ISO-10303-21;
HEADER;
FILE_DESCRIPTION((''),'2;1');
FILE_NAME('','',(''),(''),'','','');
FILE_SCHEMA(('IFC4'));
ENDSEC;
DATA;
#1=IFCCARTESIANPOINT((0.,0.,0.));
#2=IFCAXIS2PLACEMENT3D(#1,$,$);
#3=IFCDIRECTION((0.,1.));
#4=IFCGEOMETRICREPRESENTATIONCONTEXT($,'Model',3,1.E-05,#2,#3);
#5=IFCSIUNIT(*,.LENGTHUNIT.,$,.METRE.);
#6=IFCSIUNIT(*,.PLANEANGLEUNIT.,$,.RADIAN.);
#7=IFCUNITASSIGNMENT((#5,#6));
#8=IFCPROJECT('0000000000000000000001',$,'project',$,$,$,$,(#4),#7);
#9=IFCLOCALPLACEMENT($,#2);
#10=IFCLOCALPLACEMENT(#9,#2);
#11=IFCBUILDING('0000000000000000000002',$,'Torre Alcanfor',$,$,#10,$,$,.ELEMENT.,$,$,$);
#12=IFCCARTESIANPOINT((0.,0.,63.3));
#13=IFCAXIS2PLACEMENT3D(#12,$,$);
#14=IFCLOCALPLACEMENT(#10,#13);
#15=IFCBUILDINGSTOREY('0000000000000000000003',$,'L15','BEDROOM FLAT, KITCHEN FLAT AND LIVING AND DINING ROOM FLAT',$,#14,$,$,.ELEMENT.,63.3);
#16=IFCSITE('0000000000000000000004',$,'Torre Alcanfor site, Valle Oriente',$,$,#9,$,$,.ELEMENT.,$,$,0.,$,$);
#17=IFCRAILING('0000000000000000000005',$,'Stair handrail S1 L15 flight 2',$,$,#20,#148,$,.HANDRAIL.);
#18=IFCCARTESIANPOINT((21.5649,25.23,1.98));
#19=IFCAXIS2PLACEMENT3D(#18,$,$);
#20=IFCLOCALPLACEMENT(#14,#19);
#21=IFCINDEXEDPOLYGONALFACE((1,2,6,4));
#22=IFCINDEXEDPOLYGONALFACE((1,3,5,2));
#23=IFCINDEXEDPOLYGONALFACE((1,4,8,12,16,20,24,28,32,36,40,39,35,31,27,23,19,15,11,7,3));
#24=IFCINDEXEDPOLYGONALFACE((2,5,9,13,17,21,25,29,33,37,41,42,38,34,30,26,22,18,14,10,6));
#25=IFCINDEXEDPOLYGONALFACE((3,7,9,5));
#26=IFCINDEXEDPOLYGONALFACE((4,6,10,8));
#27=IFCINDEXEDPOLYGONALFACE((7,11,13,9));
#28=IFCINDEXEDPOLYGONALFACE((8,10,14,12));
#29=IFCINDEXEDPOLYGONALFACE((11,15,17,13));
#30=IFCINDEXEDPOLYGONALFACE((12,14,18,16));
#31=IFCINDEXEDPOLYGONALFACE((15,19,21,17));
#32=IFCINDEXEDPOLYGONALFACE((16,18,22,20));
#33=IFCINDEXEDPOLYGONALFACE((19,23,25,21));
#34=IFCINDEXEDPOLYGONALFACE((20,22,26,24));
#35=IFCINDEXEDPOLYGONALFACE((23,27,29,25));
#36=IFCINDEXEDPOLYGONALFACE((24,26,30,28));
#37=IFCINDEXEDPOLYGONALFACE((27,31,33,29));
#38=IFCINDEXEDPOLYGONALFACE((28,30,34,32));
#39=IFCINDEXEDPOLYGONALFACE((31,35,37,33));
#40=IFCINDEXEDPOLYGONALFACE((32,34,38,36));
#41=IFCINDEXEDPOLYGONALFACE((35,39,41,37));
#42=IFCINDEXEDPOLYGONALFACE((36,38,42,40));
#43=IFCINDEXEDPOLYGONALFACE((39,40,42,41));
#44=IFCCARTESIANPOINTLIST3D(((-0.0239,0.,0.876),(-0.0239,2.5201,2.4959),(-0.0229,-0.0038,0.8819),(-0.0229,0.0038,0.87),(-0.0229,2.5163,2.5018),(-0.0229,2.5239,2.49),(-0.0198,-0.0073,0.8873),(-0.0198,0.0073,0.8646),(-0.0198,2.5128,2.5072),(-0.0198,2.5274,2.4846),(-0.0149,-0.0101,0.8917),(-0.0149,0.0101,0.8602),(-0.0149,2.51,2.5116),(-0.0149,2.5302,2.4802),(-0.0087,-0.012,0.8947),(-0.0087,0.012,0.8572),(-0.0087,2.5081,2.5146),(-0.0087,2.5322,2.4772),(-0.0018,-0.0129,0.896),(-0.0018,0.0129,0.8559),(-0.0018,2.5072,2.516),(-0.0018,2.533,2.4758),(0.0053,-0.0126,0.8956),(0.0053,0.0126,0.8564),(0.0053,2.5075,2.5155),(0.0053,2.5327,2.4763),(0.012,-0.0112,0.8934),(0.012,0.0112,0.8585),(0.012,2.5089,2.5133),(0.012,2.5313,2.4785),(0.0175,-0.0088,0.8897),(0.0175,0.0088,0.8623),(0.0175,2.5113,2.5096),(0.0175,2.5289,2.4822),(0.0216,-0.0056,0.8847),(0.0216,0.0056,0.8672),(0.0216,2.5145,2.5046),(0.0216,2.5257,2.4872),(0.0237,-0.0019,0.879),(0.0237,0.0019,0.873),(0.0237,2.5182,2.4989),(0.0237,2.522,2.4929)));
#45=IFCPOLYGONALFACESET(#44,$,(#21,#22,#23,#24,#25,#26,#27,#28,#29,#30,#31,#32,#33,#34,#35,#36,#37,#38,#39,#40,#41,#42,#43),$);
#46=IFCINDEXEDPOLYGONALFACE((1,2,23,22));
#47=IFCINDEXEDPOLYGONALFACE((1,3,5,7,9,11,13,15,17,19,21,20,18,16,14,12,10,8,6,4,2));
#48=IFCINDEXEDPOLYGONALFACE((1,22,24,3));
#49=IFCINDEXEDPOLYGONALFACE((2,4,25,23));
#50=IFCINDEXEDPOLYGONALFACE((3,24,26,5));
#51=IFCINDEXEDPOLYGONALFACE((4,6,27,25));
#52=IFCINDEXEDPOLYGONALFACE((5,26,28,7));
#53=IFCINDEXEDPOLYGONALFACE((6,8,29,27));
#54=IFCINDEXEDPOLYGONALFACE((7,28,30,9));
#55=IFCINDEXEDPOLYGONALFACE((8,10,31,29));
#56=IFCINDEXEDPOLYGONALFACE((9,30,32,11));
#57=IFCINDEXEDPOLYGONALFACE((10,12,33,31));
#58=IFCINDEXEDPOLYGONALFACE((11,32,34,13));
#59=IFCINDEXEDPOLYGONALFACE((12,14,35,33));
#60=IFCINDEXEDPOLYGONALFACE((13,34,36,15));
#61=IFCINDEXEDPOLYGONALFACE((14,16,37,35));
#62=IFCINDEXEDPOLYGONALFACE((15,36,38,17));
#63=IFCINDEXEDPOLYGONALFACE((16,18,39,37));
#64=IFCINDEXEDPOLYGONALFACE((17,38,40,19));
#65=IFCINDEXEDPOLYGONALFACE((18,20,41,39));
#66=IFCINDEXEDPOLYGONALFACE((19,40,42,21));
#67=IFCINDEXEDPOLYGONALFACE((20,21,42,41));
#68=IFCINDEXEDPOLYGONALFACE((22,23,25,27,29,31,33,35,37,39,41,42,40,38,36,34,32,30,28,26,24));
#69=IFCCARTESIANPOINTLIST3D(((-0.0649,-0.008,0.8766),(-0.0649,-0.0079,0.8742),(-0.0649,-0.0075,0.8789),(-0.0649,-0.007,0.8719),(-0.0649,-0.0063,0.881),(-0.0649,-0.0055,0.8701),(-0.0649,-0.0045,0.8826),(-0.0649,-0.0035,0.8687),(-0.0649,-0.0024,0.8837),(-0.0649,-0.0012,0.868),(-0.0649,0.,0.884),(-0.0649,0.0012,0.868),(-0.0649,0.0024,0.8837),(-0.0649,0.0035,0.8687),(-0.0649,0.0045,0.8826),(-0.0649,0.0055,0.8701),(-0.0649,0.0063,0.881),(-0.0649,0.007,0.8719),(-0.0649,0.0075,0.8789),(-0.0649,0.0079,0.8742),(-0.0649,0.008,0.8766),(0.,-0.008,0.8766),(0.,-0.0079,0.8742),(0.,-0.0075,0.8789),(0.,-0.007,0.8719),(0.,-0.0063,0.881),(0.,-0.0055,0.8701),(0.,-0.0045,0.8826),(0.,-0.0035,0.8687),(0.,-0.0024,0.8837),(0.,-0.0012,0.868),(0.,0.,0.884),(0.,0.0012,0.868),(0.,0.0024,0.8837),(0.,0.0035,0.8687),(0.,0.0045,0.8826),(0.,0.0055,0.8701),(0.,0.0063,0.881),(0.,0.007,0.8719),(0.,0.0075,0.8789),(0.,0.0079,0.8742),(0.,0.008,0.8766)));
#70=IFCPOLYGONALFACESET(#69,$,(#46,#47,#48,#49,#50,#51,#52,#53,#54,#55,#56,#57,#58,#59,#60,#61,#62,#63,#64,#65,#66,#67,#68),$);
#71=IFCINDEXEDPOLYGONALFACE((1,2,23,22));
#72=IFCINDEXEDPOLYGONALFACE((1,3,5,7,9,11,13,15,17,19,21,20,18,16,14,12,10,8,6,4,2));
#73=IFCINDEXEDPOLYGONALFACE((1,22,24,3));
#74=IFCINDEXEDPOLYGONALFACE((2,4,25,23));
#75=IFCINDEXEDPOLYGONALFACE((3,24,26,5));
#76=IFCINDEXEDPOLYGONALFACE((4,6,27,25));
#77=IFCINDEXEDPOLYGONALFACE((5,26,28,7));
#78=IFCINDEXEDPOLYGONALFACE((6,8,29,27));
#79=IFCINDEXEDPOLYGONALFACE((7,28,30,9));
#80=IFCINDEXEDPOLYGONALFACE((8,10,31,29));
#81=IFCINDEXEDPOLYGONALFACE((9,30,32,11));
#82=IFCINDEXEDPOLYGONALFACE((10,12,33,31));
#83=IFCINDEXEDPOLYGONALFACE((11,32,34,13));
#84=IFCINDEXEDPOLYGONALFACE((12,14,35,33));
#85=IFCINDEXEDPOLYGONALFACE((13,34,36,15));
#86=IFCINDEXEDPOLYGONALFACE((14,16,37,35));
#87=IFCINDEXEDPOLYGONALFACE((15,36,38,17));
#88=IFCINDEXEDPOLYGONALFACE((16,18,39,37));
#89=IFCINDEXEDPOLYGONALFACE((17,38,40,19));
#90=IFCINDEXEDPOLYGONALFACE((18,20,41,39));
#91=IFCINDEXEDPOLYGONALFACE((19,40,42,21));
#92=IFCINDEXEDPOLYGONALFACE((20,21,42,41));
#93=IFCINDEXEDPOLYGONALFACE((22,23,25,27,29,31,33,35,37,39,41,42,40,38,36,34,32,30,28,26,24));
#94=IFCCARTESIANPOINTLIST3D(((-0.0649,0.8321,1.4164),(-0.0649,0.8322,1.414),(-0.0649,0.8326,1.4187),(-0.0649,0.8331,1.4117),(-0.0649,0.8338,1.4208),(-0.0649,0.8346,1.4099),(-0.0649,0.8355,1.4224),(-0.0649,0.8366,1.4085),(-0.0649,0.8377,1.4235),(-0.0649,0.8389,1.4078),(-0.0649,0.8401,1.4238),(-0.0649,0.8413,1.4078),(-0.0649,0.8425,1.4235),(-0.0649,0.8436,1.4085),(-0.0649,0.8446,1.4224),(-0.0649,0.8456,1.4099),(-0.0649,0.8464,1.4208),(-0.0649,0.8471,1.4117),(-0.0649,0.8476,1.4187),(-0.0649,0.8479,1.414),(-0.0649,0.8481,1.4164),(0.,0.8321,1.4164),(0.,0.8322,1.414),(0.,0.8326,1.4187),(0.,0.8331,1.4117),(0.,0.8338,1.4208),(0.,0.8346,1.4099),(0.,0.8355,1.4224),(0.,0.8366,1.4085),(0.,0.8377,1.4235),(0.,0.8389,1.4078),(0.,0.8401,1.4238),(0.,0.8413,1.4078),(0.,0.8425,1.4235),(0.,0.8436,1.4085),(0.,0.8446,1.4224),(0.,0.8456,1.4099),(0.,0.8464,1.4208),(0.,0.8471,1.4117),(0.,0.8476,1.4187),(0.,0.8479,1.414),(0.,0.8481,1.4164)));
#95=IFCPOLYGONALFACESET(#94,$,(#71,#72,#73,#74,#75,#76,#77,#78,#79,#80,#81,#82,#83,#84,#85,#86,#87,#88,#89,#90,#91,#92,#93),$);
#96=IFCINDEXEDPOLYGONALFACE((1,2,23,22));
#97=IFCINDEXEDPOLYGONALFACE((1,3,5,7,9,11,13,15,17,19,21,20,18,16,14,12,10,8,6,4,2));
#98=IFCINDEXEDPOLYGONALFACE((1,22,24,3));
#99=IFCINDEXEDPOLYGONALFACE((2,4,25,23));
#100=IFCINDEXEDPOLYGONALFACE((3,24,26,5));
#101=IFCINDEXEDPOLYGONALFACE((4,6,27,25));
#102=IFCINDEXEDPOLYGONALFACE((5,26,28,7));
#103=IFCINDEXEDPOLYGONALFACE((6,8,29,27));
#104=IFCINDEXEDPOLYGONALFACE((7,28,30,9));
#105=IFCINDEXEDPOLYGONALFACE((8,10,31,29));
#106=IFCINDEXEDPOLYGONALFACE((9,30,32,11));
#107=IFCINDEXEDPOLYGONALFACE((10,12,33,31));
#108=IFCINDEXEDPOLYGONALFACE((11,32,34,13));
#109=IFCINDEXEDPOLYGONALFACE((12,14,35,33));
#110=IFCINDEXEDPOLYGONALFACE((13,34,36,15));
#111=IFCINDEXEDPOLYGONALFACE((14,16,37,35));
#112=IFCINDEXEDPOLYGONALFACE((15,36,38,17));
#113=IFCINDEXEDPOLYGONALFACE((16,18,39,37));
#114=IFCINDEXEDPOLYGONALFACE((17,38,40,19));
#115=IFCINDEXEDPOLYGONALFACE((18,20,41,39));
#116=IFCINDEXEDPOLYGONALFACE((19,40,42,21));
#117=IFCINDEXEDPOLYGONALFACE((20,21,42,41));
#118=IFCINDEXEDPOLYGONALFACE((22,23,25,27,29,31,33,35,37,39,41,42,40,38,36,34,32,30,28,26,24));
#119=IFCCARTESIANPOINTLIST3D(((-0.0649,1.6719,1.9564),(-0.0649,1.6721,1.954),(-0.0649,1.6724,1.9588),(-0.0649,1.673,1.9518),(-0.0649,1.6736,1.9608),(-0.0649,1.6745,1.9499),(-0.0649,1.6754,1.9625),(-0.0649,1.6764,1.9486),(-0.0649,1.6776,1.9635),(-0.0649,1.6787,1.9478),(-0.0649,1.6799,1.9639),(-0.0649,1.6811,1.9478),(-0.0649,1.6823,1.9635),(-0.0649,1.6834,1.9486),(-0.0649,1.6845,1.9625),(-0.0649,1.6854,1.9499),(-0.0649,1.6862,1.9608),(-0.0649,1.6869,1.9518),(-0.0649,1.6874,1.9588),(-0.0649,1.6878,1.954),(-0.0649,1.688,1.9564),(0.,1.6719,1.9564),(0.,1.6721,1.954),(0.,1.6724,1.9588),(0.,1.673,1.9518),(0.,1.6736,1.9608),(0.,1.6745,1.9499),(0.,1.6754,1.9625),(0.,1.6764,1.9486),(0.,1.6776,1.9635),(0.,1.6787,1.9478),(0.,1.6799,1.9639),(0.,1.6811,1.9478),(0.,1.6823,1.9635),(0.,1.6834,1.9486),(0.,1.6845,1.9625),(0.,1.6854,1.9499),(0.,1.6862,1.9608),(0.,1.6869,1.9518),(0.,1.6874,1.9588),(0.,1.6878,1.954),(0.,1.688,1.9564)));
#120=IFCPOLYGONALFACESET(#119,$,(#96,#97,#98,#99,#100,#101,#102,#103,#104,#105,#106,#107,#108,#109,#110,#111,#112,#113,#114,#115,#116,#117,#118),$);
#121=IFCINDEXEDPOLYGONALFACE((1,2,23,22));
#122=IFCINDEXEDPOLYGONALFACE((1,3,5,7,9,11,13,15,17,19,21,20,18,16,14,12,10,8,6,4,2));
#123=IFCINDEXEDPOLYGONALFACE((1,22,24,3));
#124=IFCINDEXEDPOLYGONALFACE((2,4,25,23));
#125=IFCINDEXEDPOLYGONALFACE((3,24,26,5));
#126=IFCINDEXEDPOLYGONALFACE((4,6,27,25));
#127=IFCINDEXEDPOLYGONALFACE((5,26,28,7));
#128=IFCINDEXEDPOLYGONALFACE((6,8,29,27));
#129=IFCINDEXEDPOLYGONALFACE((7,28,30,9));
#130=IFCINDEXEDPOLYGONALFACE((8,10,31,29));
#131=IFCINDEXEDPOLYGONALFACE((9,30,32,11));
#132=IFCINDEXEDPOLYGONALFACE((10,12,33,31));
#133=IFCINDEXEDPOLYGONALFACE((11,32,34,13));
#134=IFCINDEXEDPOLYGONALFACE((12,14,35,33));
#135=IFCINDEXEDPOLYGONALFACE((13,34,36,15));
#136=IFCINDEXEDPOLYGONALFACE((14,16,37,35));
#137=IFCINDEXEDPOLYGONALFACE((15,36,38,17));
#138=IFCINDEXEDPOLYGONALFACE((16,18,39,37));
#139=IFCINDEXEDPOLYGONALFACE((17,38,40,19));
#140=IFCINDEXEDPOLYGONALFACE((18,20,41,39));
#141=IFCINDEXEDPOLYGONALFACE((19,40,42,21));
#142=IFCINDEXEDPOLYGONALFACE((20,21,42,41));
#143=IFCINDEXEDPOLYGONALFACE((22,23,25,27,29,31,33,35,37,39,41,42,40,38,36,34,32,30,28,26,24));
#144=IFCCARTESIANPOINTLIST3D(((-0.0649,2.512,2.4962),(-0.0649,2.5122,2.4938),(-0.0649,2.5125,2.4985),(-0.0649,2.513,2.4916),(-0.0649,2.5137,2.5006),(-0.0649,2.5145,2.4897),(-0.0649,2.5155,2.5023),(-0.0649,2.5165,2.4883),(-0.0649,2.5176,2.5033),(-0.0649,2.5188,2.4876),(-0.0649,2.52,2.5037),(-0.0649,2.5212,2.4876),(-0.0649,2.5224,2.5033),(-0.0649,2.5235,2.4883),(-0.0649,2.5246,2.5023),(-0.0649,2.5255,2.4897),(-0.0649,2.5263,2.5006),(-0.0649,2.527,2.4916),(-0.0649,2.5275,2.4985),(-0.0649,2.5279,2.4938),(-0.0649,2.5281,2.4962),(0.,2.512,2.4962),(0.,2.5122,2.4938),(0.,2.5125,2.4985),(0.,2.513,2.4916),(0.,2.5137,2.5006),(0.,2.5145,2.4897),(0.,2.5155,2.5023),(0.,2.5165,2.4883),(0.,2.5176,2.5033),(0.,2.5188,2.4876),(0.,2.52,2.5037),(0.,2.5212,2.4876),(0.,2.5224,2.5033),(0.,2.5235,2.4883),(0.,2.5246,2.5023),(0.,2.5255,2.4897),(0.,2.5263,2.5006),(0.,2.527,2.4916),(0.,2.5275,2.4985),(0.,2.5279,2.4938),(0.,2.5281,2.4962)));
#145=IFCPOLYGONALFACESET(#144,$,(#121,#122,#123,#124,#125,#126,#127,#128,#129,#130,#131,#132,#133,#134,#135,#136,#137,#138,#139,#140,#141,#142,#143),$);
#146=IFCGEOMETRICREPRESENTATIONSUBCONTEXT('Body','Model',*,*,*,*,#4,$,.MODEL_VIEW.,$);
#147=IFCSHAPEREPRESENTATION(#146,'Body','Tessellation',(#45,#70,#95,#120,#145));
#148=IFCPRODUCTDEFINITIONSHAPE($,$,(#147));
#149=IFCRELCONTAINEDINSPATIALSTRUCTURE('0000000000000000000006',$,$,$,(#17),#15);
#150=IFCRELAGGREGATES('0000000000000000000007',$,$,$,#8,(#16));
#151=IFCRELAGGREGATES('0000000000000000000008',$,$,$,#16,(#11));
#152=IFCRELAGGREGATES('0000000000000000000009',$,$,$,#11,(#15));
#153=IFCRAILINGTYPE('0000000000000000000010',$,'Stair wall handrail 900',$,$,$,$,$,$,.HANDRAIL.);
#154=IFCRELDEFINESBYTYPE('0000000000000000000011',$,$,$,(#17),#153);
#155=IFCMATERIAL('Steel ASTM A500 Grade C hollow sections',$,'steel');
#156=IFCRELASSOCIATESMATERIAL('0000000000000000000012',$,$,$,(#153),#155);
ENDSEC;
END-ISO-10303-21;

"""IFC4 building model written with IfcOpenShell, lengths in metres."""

from ifc_helpers import new_model, si_unit, direction, frame, origin, origin_2d, place, context, subcontext, project, spatial, circle, extrude, material, type_object, element, save


model = new_model("IFC4")

# Units and contexts
model_context = context("Model", 3, precision=1e-05, world=origin(), true_north=direction((0.0, 1.0)))
body_context = subcontext(model_context, "Body", "Model", "MODEL_VIEW")
ifc_project = project(units=[si_unit("LENGTHUNIT", "METRE"), si_unit("PLANEANGLEUNIT", "RADIAN")], contexts=[model_context])

# Site, building, storey
site_placement = place(None, origin())
site = spatial("IfcSite", under=ifc_project, at=site_placement, Name="Torre Alcanfor site, Valle Oriente", CompositionType="ELEMENT", RefElevation=0.0)
building_placement = place(site_placement, origin())
building = spatial("IfcBuilding", under=site, at=building_placement, Name="Torre Alcanfor", CompositionType="ELEMENT")
storey_placement = place(building_placement, frame((0.0, 0.0, 63.3)))
storey = spatial("IfcBuildingStorey", under=building, at=storey_placement, Name="L15", Description="BEDROOM FLAT, KITCHEN FLAT AND LIVING AND DINING ROOM FLAT", CompositionType="ELEMENT", Elevation=63.3)

# Railing
ifc_material_1 = material(Name="Steel ASTM A500 Grade C hollow sections", Category="steel")
railing_type_1 = type_object("IfcRailingType", Name="Stair wall handrail 900", PredefinedType="HANDRAIL", material=ifc_material_1)
railing_1_placement = place(storey_placement, frame((21.5649, 25.23, 1.98)))
element("IfcRailing", 1, at=railing_1_placement, inside=storey, type_object=railing_type_1, Name="Stair handrail S1 L15 flight 2", PredefinedType="HANDRAIL", context=body_context, shape_type="SweptSolid", body=[
    extrude(circle(Radius=0.0239, at=origin_2d()), frame((0.0, 0.0, 0.876), z_axis=(0.0, 0.8412, 0.540725), x_axis=(-1.0, 0.0, 0.0)), (0.0, 0.0, 1.0), 2.9958),
    extrude(circle(Radius=0.0081, at=origin_2d()), frame((0.0, 0.0, 0.876), z_axis=(-1.0, 0.0, 0.0), x_axis=(0.0, 0.0, 1.0)), (0.0, 0.0, 1.0), 0.0649),
    extrude(circle(Radius=0.0081, at=origin_2d()), frame((0.0, 0.8401, 1.4158), z_axis=(-1.0, 0.0, 0.0), x_axis=(0.0, 0.0, 1.0)), (0.0, 0.0, 1.0), 0.0649),
    extrude(circle(Radius=0.0081, at=origin_2d()), frame((0.0, 1.6799, 1.9558), z_axis=(-1.0, 0.0, 0.0), x_axis=(0.0, 0.0, 1.0)), (0.0, 0.0, 1.0), 0.0649),
    extrude(circle(Radius=0.0081, at=origin_2d()), frame((0.0, 2.52, 2.4956), z_axis=(-1.0, 0.0, 0.0), x_axis=(0.0, 0.0, 1.0)), (0.0, 0.0, 1.0), 0.0649),
])

save(model, "model.ifc")
